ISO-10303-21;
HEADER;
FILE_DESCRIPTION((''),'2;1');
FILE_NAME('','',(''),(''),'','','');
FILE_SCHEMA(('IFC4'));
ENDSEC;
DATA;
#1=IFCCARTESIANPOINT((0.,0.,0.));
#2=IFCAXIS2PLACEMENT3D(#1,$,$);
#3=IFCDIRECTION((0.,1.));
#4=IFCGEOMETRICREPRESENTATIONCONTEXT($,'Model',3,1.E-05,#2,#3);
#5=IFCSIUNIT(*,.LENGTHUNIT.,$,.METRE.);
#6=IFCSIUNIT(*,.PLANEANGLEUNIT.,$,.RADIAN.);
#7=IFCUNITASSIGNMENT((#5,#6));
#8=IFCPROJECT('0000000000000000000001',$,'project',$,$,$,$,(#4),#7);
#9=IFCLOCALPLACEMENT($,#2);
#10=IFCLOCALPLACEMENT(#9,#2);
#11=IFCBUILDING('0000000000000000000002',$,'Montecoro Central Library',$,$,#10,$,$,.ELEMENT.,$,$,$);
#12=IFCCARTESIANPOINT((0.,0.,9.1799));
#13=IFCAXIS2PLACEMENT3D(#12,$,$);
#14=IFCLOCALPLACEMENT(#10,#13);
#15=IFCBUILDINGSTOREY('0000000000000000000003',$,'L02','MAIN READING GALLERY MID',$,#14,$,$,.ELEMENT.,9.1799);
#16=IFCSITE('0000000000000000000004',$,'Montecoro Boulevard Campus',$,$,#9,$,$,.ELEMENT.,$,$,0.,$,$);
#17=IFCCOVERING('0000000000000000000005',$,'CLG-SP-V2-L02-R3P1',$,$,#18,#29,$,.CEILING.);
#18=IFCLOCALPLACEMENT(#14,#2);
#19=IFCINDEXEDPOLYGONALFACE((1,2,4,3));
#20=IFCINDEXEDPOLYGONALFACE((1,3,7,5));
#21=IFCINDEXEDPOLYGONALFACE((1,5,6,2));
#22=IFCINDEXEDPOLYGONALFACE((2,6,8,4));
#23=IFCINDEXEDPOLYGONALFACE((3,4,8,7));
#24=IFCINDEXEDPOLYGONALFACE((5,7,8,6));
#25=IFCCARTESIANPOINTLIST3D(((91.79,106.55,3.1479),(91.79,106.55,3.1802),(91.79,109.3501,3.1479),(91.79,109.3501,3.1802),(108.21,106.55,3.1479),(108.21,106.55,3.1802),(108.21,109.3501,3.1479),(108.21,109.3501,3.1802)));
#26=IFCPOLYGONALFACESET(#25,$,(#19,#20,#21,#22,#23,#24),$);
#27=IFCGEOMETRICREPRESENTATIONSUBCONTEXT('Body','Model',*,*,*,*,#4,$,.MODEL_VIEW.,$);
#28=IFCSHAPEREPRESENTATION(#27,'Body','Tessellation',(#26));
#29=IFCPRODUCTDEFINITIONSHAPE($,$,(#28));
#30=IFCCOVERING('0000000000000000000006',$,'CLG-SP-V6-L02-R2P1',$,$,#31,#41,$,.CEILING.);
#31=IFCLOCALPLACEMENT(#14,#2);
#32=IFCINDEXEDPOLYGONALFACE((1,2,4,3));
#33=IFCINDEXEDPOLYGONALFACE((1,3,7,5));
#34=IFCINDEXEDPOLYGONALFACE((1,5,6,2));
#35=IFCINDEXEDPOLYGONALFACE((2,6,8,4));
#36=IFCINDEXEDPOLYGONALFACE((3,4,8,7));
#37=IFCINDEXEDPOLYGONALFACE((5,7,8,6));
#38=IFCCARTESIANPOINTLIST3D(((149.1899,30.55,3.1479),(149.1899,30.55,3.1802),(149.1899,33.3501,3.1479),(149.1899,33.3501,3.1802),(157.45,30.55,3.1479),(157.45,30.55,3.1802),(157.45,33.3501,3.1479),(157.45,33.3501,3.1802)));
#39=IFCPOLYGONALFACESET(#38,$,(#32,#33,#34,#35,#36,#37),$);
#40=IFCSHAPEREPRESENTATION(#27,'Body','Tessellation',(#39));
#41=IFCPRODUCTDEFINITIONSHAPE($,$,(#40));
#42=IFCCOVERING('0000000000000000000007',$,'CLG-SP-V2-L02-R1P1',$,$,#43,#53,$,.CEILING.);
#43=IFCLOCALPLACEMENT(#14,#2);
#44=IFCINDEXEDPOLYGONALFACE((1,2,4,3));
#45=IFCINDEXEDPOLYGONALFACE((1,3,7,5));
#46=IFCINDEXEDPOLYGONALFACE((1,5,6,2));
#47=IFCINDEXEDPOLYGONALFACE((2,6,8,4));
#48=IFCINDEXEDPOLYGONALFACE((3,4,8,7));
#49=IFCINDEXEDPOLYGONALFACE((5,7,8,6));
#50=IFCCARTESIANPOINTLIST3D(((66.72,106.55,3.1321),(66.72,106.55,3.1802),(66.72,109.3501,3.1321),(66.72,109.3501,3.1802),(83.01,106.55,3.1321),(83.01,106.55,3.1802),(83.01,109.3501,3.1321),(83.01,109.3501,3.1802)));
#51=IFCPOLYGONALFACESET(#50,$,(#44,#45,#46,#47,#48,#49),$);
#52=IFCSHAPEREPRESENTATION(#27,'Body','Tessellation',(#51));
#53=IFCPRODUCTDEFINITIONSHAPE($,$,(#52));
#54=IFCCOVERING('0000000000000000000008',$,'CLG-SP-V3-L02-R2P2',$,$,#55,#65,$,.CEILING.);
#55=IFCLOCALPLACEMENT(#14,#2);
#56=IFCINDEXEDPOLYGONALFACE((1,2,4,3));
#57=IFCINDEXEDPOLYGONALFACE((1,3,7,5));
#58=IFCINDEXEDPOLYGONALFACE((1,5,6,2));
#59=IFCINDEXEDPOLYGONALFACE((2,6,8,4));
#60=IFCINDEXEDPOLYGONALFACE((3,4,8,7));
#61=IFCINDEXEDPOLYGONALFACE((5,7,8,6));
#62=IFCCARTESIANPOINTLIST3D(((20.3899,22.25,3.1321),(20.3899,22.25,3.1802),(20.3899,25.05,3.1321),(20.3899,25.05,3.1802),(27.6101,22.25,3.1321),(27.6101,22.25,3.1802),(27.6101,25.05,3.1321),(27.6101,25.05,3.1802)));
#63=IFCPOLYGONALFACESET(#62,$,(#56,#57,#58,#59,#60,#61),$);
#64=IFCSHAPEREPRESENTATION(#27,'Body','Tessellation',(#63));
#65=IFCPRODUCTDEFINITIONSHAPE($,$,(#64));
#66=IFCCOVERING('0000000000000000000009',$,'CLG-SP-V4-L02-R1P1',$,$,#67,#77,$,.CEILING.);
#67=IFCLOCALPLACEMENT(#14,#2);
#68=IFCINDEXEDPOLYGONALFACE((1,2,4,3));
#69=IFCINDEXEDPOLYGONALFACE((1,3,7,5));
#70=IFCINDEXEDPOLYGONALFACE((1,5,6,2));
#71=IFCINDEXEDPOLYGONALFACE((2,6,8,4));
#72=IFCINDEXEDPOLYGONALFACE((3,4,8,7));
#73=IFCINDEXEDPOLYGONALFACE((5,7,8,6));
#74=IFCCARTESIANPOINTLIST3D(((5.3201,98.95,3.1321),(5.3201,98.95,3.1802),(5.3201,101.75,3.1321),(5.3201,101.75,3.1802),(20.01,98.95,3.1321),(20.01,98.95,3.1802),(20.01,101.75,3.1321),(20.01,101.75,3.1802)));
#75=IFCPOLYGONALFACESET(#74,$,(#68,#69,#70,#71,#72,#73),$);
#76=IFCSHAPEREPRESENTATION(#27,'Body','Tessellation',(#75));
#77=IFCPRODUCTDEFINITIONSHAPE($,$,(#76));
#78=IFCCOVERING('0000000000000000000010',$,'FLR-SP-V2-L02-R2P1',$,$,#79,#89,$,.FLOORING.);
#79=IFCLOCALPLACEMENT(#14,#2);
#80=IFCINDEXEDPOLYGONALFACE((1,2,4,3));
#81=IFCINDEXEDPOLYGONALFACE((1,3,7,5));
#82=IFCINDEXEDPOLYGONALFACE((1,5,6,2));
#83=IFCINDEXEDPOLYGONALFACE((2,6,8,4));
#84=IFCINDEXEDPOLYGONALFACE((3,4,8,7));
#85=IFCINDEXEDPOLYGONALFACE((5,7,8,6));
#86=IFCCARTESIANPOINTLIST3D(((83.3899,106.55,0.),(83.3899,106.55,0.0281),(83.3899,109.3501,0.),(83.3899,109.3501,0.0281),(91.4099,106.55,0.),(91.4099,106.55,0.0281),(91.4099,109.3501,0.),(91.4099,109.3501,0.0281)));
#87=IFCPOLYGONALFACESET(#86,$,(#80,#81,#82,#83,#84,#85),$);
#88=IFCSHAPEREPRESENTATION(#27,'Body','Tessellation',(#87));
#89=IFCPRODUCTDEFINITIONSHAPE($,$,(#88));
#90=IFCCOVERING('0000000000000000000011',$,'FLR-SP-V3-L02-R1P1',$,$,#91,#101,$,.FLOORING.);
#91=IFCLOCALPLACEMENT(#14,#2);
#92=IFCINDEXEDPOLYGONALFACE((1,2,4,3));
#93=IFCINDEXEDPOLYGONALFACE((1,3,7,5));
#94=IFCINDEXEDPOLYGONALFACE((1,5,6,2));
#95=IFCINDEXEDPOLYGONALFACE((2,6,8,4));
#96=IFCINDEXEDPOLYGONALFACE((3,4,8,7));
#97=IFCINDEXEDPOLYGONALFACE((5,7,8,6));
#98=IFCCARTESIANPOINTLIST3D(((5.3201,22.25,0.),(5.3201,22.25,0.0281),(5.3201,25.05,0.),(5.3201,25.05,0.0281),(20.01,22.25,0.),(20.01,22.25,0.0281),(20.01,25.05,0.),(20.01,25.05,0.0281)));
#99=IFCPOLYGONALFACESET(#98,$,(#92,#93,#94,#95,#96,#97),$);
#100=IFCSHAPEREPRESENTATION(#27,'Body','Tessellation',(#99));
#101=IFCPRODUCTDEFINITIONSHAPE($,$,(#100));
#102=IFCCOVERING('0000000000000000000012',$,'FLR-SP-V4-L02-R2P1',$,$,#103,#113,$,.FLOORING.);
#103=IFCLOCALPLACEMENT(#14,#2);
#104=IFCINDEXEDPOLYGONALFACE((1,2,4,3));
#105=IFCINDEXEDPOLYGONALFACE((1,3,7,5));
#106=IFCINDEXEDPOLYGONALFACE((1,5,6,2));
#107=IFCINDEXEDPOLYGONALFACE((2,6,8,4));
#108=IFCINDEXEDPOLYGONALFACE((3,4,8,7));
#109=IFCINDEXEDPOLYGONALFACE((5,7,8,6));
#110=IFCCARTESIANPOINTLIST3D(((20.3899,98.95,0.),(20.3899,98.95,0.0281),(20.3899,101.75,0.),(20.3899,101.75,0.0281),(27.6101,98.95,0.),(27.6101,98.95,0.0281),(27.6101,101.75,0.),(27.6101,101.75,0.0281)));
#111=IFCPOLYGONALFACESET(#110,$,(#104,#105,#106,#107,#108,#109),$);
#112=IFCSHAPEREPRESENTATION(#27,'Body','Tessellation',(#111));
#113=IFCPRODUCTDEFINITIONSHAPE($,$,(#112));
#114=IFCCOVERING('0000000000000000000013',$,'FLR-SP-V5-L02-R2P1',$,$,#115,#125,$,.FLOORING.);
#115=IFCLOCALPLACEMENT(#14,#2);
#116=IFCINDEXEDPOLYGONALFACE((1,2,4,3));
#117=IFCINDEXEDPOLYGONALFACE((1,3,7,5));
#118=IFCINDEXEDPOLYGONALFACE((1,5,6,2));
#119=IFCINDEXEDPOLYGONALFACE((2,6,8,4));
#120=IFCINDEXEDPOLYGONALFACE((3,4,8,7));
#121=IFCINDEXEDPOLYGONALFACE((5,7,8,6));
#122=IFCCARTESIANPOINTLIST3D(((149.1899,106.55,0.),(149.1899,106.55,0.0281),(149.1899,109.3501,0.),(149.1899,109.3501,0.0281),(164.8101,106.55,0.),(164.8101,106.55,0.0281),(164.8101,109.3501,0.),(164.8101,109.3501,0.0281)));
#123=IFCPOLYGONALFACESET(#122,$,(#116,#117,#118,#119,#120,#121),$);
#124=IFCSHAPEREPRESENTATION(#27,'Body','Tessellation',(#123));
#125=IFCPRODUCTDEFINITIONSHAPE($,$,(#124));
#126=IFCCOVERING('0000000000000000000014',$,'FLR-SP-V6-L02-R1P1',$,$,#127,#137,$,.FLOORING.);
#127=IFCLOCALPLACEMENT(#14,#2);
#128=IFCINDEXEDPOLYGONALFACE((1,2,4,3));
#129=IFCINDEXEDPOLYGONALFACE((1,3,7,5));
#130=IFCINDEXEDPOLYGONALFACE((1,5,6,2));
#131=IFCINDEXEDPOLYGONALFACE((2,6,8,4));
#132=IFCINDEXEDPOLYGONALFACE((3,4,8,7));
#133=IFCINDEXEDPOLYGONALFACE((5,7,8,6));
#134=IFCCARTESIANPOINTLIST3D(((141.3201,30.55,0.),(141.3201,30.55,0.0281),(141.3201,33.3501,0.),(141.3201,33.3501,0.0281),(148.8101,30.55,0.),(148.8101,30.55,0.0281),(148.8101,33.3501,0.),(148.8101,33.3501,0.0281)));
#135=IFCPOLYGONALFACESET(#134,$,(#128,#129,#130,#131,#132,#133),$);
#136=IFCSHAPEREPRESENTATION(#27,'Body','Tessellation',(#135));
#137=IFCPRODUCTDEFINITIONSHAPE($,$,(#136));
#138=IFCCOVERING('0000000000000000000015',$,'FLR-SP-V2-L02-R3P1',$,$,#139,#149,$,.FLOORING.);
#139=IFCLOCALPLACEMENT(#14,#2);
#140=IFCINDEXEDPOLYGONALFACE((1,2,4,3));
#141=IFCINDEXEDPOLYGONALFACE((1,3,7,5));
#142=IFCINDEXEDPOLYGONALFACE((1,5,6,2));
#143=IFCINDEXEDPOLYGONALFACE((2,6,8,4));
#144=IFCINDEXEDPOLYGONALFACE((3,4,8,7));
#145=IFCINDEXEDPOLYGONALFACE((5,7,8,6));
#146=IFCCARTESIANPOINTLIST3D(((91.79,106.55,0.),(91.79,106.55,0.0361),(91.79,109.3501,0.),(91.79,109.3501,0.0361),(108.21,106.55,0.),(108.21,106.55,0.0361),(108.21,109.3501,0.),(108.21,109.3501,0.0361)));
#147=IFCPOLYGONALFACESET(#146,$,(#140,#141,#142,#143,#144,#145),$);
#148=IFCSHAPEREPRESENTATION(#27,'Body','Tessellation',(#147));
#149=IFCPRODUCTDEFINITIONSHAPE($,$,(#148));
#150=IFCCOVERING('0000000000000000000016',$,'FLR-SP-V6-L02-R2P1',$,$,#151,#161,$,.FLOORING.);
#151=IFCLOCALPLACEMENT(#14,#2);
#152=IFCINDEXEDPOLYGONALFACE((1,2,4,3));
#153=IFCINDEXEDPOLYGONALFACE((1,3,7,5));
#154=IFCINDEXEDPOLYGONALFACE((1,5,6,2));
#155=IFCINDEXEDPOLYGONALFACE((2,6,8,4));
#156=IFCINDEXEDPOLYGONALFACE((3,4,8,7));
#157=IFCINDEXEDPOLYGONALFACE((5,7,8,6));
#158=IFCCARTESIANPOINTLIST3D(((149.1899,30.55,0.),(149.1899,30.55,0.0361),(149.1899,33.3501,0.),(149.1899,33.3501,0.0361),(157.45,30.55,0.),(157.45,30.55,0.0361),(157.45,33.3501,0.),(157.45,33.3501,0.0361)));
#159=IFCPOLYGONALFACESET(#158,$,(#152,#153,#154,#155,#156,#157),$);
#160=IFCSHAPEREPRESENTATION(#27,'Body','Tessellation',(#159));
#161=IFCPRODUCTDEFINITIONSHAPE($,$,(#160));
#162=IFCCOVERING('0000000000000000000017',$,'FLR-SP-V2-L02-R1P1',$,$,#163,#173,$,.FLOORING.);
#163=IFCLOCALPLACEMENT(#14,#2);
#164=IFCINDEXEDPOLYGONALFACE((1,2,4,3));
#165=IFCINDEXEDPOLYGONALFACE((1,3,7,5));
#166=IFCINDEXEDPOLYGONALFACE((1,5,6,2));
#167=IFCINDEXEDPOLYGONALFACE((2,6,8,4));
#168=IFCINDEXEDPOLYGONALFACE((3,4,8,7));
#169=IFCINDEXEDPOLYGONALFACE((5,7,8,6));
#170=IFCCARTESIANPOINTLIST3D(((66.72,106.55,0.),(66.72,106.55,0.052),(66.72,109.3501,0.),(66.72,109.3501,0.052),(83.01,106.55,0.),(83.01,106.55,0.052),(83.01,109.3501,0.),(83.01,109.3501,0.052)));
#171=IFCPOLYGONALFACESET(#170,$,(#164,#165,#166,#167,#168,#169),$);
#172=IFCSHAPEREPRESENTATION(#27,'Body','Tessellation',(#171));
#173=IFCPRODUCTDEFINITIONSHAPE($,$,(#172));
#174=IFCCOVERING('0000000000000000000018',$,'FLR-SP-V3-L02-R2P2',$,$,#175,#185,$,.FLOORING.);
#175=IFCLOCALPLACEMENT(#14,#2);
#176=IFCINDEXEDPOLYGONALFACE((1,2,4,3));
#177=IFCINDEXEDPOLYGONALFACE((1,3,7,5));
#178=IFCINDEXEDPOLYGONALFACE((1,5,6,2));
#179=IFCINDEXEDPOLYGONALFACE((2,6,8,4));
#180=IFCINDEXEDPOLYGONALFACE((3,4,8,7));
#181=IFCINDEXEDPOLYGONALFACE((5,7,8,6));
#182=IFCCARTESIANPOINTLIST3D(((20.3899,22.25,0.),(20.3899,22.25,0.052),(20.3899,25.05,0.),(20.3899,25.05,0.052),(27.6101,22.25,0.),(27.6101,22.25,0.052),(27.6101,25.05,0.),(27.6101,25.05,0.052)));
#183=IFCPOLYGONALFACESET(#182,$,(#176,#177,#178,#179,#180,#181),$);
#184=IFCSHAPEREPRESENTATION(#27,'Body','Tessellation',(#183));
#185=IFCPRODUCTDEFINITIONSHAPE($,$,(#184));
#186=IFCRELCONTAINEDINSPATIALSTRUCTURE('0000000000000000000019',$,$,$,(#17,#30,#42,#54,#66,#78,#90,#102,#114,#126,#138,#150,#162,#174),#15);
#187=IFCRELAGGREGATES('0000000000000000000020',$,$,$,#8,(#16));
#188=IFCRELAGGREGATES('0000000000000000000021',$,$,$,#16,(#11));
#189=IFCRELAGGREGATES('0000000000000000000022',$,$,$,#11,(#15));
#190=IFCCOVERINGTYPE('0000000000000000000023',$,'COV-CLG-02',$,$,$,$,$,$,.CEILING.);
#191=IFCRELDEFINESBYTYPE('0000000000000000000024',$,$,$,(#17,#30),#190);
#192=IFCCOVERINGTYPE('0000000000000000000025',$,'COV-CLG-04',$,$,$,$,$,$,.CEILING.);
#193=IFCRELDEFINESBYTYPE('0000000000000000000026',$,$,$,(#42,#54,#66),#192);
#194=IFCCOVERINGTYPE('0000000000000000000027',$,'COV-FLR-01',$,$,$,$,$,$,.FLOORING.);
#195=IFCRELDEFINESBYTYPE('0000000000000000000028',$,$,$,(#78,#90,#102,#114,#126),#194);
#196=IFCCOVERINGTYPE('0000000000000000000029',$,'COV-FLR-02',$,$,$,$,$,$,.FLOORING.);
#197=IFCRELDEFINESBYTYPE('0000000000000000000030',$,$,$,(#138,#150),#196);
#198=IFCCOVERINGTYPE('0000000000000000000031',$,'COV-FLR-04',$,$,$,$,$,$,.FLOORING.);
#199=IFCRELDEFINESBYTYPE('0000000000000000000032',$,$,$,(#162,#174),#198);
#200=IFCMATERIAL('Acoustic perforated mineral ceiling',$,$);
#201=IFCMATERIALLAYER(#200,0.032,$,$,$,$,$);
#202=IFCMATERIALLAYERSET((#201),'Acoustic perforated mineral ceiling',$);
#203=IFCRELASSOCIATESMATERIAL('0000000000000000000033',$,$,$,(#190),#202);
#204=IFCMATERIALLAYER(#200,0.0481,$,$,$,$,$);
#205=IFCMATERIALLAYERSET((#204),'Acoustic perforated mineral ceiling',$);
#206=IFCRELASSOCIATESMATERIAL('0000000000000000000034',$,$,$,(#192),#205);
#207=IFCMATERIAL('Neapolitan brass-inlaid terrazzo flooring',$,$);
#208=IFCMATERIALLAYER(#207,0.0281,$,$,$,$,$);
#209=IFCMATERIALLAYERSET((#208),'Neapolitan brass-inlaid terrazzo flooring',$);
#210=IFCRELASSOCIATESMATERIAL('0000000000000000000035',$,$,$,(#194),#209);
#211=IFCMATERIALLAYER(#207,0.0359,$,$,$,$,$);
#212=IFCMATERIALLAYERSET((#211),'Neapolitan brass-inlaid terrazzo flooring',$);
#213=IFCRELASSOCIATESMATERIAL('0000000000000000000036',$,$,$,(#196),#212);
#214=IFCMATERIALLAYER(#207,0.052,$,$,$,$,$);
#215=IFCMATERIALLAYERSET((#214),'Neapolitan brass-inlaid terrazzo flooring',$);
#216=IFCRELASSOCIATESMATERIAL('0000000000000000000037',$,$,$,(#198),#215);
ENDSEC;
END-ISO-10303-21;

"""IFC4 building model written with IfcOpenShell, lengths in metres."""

from ifc_helpers import new_model, si_unit, direction, frame, origin, place, context, subcontext, project, spatial, polyline, outline, extrude, material, layer, layer_set, type_object, element, save


model = new_model("IFC4")

# Units and contexts
model_context = context("Model", 3, precision=1e-05, world=origin(), true_north=direction((0.0, 1.0)))
body_context = subcontext(model_context, "Body", "Model", "MODEL_VIEW")
ifc_project = project(units=[si_unit("LENGTHUNIT", "METRE"), si_unit("PLANEANGLEUNIT", "RADIAN")], contexts=[model_context])

# Site, building, storey
site_placement = place(None, origin())
site = spatial("IfcSite", under=ifc_project, at=site_placement, Name="Montecoro Boulevard Campus", CompositionType="ELEMENT", RefElevation=0.0)
building_placement = place(site_placement, origin())
building = spatial("IfcBuilding", under=site, at=building_placement, Name="Montecoro Central Library", CompositionType="ELEMENT")
storey_placement = place(building_placement, frame((0.0, 0.0, 9.1799)))
storey = spatial("IfcBuildingStorey", under=building, at=storey_placement, Name="L02", Description="MAIN READING GALLERY MID", CompositionType="ELEMENT", Elevation=9.1799)

# Coverings
ifc_material_1 = material(Name="Acoustic perforated mineral ceiling")
ifc_layer_1 = layer(ifc_material_1, 0.032)
ifc_layer_set_1 = layer_set([ifc_layer_1], Name="Acoustic perforated mineral ceiling")
covering_type_1 = type_object("IfcCoveringType", Name="COV-CLG-02", PredefinedType="CEILING", material=ifc_layer_set_1)
covering_1_placement = place(storey_placement, frame((0.0, 0.0, 3.1479)))
element("IfcCovering", 1, at=covering_1_placement, inside=storey, type_object=covering_type_1, Name="CLG-SP-V2-L02-R3P1", PredefinedType="CEILING", context=body_context, shape_type="SweptSolid", body=[
    extrude(outline(polyline([(91.79, 106.55), (108.21, 106.55), (108.21, 109.3501), (91.79, 109.3501), (91.79, 106.55)])), origin(), (0.0, 0.0, 1.0), 0.0322),
])
covering_2_placement = place(storey_placement, frame((0.0, 0.0, 3.1479)))
element("IfcCovering", 2, at=covering_2_placement, inside=storey, type_object=covering_type_1, Name="CLG-SP-V6-L02-R2P1", PredefinedType="CEILING", context=body_context, shape_type="SweptSolid", body=[
    extrude(outline(polyline([(149.1899, 30.55), (157.45, 30.55), (157.45, 33.3501), (149.1899, 33.3501), (149.1899, 30.55)])), origin(), (0.0, 0.0, 1.0), 0.0322),
])
ifc_layer_2 = layer(ifc_material_1, 0.0481)
ifc_layer_set_2 = layer_set([ifc_layer_2], Name="Acoustic perforated mineral ceiling")
covering_type_2 = type_object("IfcCoveringType", Name="COV-CLG-04", PredefinedType="CEILING", material=ifc_layer_set_2)
covering_3_placement = place(storey_placement, frame((0.0, 0.0, 3.1321)))
element("IfcCovering", 3, at=covering_3_placement, inside=storey, type_object=covering_type_2, Name="CLG-SP-V2-L02-R1P1", PredefinedType="CEILING", context=body_context, shape_type="SweptSolid", body=[
    extrude(outline(polyline([(66.72, 106.55), (83.01, 106.55), (83.01, 109.3501), (66.72, 109.3501), (66.72, 106.55)])), origin(), (0.0, 0.0, 1.0), 0.0481),
])
covering_4_placement = place(storey_placement, frame((0.0, 0.0, 3.1321)))
element("IfcCovering", 4, at=covering_4_placement, inside=storey, type_object=covering_type_2, Name="CLG-SP-V3-L02-R2P2", PredefinedType="CEILING", context=body_context, shape_type="SweptSolid", body=[
    extrude(outline(polyline([(20.3899, 22.25), (27.6101, 22.25), (27.6101, 25.05), (20.3899, 25.05), (20.3899, 22.25)])), origin(), (0.0, 0.0, 1.0), 0.0481),
])
covering_5_placement = place(storey_placement, frame((0.0, 0.0, 3.1321)))
element("IfcCovering", 5, at=covering_5_placement, inside=storey, type_object=covering_type_2, Name="CLG-SP-V4-L02-R1P1", PredefinedType="CEILING", context=body_context, shape_type="SweptSolid", body=[
    extrude(outline(polyline([(5.3201, 98.95), (20.01, 98.95), (20.01, 101.75), (5.3201, 101.75), (5.3201, 98.95)])), origin(), (0.0, 0.0, 1.0), 0.0481),
])
ifc_material_2 = material(Name="Neapolitan brass-inlaid terrazzo flooring")
ifc_layer_3 = layer(ifc_material_2, 0.0281)
ifc_layer_set_3 = layer_set([ifc_layer_3], Name="Neapolitan brass-inlaid terrazzo flooring")
covering_type_3 = type_object("IfcCoveringType", Name="COV-FLR-01", PredefinedType="FLOORING", material=ifc_layer_set_3)
covering_6_placement = place(storey_placement, origin())
element("IfcCovering", 6, at=covering_6_placement, inside=storey, type_object=covering_type_3, Name="FLR-SP-V2-L02-R2P1", PredefinedType="FLOORING", context=body_context, shape_type="SweptSolid", body=[
    extrude(outline(polyline([(83.3899, 106.55), (91.4099, 106.55), (91.4099, 109.3501), (83.3899, 109.3501), (83.3899, 106.55)])), origin(), (0.0, 0.0, 1.0), 0.0281),
])
covering_7_placement = place(storey_placement, origin())
element("IfcCovering", 7, at=covering_7_placement, inside=storey, type_object=covering_type_3, Name="FLR-SP-V3-L02-R1P1", PredefinedType="FLOORING", context=body_context, shape_type="SweptSolid", body=[
    extrude(outline(polyline([(5.3201, 22.25), (20.01, 22.25), (20.01, 25.05), (5.3201, 25.05), (5.3201, 22.25)])), origin(), (0.0, 0.0, 1.0), 0.0281),
])
covering_8_placement = place(storey_placement, origin())
element("IfcCovering", 8, at=covering_8_placement, inside=storey, type_object=covering_type_3, Name="FLR-SP-V4-L02-R2P1", PredefinedType="FLOORING", context=body_context, shape_type="SweptSolid", body=[
    extrude(outline(polyline([(20.3899, 98.95), (27.6101, 98.95), (27.6101, 101.75), (20.3899, 101.75), (20.3899, 98.95)])), origin(), (0.0, 0.0, 1.0), 0.0281),
])
covering_9_placement = place(storey_placement, origin())
element("IfcCovering", 9, at=covering_9_placement, inside=storey, type_object=covering_type_3, Name="FLR-SP-V5-L02-R2P1", PredefinedType="FLOORING", context=body_context, shape_type="SweptSolid", body=[
    extrude(outline(polyline([(149.1899, 106.55), (164.8101, 106.55), (164.8101, 109.3501), (149.1899, 109.3501), (149.1899, 106.55)])), origin(), (0.0, 0.0, 1.0), 0.0281),
])
covering_10_placement = place(storey_placement, origin())
element("IfcCovering", 10, at=covering_10_placement, inside=storey, type_object=covering_type_3, Name="FLR-SP-V6-L02-R1P1", PredefinedType="FLOORING", context=body_context, shape_type="SweptSolid", body=[
    extrude(outline(polyline([(141.3201, 30.55), (148.8101, 30.55), (148.8101, 33.3501), (141.3201, 33.3501), (141.3201, 30.55)])), origin(), (0.0, 0.0, 1.0), 0.0281),
])
ifc_layer_4 = layer(ifc_material_2, 0.0359)
ifc_layer_set_4 = layer_set([ifc_layer_4], Name="Neapolitan brass-inlaid terrazzo flooring")
covering_type_4 = type_object("IfcCoveringType", Name="COV-FLR-02", PredefinedType="FLOORING", material=ifc_layer_set_4)
covering_11_placement = place(storey_placement, origin())
element("IfcCovering", 11, at=covering_11_placement, inside=storey, type_object=covering_type_4, Name="FLR-SP-V2-L02-R3P1", PredefinedType="FLOORING", context=body_context, shape_type="SweptSolid", body=[
    extrude(outline(polyline([(91.79, 106.55), (108.21, 106.55), (108.21, 109.3501), (91.79, 109.3501), (91.79, 106.55)])), origin(), (0.0, 0.0, 1.0), 0.0361),
])
covering_12_placement = place(storey_placement, origin())
element("IfcCovering", 12, at=covering_12_placement, inside=storey, type_object=covering_type_4, Name="FLR-SP-V6-L02-R2P1", PredefinedType="FLOORING", context=body_context, shape_type="SweptSolid", body=[
    extrude(outline(polyline([(149.1899, 30.55), (157.45, 30.55), (157.45, 33.3501), (149.1899, 33.3501), (149.1899, 30.55)])), origin(), (0.0, 0.0, 1.0), 0.0361),
])
ifc_layer_5 = layer(ifc_material_2, 0.052)
ifc_layer_set_5 = layer_set([ifc_layer_5], Name="Neapolitan brass-inlaid terrazzo flooring")
covering_type_5 = type_object("IfcCoveringType", Name="COV-FLR-04", PredefinedType="FLOORING", material=ifc_layer_set_5)
covering_13_placement = place(storey_placement, origin())
element("IfcCovering", 13, at=covering_13_placement, inside=storey, type_object=covering_type_5, Name="FLR-SP-V2-L02-R1P1", PredefinedType="FLOORING", context=body_context, shape_type="SweptSolid", body=[
    extrude(outline(polyline([(66.72, 106.55), (83.01, 106.55), (83.01, 109.3501), (66.72, 109.3501), (66.72, 106.55)])), origin(), (0.0, 0.0, 1.0), 0.052),
])
covering_14_placement = place(storey_placement, origin())
element("IfcCovering", 14, at=covering_14_placement, inside=storey, type_object=covering_type_5, Name="FLR-SP-V3-L02-R2P2", PredefinedType="FLOORING", context=body_context, shape_type="SweptSolid", body=[
    extrude(outline(polyline([(20.3899, 22.25), (27.6101, 22.25), (27.6101, 25.05), (20.3899, 25.05), (20.3899, 22.25)])), origin(), (0.0, 0.0, 1.0), 0.052),
])

save(model, "model.ifc")
